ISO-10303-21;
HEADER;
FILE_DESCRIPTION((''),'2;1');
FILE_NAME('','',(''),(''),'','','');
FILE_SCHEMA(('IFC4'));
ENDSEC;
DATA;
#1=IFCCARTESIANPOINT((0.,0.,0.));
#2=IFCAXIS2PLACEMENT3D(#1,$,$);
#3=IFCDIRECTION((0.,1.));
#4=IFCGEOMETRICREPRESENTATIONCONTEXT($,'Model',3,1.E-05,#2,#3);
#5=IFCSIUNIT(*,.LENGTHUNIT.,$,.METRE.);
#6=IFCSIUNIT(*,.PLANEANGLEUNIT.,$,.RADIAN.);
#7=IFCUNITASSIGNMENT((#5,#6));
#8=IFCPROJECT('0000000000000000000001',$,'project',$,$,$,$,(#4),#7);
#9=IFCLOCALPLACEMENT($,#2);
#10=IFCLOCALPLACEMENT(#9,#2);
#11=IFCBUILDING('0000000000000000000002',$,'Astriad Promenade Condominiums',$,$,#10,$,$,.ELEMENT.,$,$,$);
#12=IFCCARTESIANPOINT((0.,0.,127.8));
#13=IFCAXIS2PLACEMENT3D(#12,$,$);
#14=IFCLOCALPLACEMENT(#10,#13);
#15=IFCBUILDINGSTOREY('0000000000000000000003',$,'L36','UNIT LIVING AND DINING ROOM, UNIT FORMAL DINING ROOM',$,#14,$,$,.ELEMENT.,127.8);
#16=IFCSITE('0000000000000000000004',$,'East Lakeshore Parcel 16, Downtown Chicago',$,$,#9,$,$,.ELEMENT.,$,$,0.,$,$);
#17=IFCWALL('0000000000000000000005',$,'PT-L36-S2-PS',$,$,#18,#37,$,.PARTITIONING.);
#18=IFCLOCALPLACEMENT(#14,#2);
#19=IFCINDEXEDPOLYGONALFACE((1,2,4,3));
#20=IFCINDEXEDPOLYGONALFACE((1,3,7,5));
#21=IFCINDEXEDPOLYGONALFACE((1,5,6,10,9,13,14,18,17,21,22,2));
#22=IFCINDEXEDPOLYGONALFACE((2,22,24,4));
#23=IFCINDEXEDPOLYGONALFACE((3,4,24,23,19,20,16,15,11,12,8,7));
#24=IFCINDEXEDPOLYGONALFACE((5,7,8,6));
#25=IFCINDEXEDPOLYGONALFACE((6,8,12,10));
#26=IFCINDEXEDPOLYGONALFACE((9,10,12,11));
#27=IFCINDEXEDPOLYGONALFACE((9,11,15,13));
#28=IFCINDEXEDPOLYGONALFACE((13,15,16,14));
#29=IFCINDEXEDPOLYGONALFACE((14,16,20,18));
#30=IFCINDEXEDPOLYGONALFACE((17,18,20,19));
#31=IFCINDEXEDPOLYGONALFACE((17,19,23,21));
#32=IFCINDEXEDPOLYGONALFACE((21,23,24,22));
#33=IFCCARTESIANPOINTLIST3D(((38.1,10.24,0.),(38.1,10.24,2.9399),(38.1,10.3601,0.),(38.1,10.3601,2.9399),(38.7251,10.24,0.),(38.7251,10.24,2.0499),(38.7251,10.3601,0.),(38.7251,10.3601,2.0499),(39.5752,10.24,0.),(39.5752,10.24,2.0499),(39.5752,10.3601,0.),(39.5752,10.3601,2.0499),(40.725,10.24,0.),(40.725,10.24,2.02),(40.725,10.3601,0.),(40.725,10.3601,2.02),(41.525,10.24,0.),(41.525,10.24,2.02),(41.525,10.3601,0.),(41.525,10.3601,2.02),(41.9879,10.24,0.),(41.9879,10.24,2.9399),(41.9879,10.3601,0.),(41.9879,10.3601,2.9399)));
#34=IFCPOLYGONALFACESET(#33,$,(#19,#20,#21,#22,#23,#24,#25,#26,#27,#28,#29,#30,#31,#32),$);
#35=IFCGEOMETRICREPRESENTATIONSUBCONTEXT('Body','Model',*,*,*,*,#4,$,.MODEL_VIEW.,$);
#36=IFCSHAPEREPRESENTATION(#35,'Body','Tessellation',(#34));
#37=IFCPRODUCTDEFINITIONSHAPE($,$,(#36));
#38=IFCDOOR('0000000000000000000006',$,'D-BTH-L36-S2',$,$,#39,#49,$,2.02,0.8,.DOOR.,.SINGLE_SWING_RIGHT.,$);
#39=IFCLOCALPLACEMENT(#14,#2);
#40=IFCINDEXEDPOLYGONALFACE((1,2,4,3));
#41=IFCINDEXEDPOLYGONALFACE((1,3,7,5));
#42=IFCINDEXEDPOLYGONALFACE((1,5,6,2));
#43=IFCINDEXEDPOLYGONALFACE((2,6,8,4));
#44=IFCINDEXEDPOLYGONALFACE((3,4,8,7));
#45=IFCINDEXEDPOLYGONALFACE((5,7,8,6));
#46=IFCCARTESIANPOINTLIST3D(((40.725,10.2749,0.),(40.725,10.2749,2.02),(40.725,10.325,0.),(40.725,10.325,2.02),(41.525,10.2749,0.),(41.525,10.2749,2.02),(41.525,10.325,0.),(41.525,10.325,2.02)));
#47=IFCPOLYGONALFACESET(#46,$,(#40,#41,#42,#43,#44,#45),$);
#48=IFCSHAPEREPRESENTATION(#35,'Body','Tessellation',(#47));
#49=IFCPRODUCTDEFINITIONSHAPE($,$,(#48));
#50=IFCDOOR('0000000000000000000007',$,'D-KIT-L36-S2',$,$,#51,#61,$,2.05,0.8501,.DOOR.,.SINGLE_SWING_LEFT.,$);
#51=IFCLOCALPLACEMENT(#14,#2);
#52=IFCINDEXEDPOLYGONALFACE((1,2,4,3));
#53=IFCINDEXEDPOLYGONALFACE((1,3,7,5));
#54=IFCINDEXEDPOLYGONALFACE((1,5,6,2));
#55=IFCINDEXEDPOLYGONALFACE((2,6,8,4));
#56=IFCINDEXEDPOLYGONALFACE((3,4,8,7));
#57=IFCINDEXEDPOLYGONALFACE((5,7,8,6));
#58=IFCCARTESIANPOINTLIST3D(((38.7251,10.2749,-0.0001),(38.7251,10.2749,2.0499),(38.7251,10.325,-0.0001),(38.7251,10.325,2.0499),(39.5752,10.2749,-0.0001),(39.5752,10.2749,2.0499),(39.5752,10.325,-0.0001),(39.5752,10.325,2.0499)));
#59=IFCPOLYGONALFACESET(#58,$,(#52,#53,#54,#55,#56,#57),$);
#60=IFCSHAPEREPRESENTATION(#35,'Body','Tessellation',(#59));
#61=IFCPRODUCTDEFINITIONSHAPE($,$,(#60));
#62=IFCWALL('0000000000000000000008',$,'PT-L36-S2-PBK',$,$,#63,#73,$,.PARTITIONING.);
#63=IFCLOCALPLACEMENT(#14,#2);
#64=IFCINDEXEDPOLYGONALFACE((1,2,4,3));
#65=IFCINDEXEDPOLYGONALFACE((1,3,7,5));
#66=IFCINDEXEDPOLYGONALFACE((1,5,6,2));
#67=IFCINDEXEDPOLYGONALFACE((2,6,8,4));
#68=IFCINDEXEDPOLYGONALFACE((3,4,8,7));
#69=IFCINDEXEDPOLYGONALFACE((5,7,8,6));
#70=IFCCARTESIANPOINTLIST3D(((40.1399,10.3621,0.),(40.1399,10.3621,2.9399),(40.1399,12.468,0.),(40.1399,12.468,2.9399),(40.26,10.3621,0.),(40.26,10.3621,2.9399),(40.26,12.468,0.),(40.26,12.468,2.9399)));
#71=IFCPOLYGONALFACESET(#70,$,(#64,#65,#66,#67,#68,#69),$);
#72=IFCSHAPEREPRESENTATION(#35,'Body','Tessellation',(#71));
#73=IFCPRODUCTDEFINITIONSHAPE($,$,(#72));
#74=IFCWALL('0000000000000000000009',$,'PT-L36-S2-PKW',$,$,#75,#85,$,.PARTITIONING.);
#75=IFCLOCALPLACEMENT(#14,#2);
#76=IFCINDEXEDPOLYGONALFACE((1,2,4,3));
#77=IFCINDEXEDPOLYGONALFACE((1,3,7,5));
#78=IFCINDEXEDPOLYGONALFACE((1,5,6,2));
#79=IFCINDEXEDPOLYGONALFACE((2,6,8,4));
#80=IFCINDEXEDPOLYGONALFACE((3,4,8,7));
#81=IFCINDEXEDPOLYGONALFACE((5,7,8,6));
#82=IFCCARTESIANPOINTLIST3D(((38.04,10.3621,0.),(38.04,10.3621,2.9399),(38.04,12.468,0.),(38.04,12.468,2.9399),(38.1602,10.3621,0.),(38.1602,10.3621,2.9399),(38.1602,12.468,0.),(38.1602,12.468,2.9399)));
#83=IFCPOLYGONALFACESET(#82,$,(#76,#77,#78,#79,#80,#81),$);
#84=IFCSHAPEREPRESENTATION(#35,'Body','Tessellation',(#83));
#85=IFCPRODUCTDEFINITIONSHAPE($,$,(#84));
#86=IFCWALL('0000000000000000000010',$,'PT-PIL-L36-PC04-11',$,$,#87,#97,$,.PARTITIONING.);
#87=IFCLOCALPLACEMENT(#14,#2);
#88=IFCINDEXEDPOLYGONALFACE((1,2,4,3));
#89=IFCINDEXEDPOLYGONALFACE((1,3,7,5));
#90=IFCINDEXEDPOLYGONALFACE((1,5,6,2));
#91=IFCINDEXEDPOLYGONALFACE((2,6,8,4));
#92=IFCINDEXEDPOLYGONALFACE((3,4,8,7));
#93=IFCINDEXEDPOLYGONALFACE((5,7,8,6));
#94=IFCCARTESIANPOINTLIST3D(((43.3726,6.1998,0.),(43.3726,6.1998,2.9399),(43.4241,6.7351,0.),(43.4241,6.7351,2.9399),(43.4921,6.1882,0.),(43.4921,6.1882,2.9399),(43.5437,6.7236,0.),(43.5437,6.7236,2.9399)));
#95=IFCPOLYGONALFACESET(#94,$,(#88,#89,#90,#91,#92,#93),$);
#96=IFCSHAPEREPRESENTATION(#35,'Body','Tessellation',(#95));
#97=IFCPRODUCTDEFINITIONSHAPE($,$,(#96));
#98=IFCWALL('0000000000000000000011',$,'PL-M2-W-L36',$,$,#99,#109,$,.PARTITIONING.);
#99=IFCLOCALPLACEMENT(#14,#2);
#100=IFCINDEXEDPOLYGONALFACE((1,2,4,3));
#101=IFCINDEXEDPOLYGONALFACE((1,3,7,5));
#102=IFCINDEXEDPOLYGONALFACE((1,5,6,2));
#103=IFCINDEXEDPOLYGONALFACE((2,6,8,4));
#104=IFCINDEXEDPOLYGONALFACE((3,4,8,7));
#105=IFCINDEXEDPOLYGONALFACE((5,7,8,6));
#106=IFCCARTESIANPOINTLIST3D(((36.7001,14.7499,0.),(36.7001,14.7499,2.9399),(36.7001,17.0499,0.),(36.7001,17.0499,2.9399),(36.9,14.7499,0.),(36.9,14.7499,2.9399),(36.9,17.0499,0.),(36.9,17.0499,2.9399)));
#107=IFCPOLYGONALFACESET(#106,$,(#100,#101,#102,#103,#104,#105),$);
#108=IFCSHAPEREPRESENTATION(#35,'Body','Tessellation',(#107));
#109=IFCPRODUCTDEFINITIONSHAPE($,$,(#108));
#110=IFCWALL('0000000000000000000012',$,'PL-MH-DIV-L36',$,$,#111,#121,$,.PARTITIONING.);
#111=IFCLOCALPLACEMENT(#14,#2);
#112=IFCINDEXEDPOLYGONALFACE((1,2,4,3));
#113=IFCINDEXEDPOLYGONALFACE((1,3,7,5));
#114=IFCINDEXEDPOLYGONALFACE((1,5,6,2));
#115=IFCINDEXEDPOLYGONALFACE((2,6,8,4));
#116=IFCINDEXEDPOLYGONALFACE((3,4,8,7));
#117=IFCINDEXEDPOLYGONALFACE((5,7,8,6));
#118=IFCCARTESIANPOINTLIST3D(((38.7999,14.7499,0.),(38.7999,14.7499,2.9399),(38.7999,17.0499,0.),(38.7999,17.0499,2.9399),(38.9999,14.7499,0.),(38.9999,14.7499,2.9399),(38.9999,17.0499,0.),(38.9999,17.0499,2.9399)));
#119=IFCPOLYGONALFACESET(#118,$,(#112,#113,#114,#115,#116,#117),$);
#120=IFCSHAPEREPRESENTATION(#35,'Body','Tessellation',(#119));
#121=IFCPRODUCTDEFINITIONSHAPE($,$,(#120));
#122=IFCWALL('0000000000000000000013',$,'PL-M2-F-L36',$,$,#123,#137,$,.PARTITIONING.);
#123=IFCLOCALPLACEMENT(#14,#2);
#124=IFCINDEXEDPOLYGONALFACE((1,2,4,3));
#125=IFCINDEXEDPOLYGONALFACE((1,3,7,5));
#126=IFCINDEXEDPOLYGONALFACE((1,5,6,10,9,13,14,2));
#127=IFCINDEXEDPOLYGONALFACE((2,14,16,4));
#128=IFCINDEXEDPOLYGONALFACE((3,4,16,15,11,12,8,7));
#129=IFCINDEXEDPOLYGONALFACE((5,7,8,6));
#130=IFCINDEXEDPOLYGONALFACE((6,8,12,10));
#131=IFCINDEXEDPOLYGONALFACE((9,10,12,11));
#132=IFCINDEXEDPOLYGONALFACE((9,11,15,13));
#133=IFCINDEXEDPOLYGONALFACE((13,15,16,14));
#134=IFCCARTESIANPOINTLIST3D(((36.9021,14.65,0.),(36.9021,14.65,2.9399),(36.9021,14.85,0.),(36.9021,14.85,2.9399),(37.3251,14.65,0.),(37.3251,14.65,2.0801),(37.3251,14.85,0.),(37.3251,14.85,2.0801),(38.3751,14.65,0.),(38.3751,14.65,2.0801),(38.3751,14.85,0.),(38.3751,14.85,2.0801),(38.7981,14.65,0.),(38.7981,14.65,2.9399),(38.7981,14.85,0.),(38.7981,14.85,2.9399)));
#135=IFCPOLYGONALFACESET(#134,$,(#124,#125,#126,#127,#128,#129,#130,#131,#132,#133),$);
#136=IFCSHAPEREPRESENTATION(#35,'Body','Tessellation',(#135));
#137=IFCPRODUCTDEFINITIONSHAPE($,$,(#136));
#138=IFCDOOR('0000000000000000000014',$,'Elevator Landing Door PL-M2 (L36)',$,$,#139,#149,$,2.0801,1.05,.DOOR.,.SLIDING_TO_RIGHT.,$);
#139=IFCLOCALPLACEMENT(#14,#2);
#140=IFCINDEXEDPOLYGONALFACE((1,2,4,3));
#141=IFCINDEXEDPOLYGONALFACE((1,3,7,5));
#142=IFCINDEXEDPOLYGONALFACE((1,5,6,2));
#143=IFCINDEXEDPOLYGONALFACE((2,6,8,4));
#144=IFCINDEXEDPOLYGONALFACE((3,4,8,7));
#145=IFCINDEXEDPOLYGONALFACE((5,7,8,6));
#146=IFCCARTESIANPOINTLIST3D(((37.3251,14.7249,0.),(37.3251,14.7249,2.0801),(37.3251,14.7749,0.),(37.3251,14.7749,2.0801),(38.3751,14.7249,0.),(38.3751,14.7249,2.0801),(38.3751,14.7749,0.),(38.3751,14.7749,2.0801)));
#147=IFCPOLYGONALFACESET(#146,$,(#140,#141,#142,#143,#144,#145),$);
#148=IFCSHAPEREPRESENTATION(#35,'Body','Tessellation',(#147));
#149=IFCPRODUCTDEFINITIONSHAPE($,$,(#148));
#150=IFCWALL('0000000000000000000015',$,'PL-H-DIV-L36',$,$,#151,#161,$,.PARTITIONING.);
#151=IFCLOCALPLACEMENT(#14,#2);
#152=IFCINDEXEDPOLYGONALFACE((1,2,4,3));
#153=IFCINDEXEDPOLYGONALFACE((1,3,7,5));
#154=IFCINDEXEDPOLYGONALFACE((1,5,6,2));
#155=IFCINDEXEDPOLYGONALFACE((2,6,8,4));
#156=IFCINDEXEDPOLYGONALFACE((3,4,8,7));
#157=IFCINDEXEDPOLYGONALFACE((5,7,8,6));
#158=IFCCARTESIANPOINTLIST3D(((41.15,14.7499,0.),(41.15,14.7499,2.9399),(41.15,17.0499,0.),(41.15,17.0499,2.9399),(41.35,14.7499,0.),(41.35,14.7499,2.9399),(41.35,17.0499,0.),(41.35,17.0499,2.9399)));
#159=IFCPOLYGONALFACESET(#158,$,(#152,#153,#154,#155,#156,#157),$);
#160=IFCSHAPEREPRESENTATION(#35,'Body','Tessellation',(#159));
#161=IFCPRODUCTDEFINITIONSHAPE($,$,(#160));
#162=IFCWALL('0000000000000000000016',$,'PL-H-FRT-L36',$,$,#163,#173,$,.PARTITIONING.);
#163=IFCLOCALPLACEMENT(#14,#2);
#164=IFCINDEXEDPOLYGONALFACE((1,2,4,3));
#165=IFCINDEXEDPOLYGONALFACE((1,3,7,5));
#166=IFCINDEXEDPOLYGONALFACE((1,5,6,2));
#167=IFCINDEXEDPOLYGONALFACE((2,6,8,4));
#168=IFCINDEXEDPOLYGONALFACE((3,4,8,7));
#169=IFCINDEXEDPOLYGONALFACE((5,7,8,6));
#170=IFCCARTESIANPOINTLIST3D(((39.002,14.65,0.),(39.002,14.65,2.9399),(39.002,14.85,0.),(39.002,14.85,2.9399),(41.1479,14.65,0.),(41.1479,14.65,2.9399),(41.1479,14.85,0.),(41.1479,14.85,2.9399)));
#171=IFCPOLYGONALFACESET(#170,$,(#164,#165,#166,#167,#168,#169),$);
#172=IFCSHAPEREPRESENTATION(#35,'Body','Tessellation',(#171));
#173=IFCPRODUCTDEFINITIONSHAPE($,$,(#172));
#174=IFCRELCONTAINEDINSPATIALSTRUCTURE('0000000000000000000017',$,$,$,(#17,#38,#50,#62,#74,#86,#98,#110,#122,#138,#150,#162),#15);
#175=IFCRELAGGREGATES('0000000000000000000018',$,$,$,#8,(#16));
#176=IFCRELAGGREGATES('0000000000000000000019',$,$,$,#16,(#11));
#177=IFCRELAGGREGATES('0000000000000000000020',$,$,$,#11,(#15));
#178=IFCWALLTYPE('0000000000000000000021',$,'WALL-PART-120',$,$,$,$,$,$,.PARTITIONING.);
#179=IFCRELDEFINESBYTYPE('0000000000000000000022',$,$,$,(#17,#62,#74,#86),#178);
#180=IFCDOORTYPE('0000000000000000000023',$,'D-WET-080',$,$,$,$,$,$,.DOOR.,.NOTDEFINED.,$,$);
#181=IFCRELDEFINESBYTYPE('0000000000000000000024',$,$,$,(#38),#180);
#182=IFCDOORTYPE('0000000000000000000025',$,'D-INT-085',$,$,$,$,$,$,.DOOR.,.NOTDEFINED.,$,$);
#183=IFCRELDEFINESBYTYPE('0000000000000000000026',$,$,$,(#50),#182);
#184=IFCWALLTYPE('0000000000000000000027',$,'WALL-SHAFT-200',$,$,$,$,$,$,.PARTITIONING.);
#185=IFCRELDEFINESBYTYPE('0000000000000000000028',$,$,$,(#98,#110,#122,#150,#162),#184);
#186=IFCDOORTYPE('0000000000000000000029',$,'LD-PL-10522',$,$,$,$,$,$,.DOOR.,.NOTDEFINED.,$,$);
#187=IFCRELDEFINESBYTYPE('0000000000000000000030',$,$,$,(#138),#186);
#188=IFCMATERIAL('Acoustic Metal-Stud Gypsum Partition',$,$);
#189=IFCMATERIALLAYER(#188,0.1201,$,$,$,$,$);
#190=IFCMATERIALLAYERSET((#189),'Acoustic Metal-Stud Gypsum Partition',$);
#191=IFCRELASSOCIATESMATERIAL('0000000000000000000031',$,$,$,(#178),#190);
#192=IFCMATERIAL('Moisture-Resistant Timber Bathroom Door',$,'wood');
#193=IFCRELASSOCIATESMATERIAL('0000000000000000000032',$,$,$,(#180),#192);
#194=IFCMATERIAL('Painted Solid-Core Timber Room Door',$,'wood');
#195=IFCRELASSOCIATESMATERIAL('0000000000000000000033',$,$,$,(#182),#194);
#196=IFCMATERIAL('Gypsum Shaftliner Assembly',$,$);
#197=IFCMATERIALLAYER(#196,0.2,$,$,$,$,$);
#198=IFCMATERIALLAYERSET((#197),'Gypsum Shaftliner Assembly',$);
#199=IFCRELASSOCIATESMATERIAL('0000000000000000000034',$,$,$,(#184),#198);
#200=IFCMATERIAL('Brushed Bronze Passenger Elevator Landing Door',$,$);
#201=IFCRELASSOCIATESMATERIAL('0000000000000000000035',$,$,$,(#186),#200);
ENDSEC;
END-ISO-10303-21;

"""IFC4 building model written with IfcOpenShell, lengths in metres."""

from ifc_helpers import new_model, si_unit, direction, frame, frame_2d, origin, place, context, subcontext, project, spatial, rectangle, extrude, source, transform, mapped, material, layer, layer_set, type_object, type_shapes, element, fill, save


model = new_model("IFC4")

# Units and contexts
model_context = context("Model", 3, precision=1e-05, world=origin(), true_north=direction((0.0, 1.0)))
body_context = subcontext(model_context, "Body", "Model", "MODEL_VIEW")
ifc_project = project(units=[si_unit("LENGTHUNIT", "METRE"), si_unit("PLANEANGLEUNIT", "RADIAN")], contexts=[model_context])

# Site, building, storey
site_placement = place(None, origin())
site = spatial("IfcSite", under=ifc_project, at=site_placement, Name="East Lakeshore Parcel 16, Downtown Chicago", CompositionType="ELEMENT", RefElevation=0.0)
building_placement = place(site_placement, origin())
building = spatial("IfcBuilding", under=site, at=building_placement, Name="Astriad Promenade Condominiums", CompositionType="ELEMENT")
storey_placement = place(building_placement, frame((0.0, 0.0, 127.8)))
storey = spatial("IfcBuildingStorey", under=building, at=storey_placement, Name="L36", Description="UNIT LIVING AND DINING ROOM, UNIT FORMAL DINING ROOM", CompositionType="ELEMENT", Elevation=127.8)

# Shared definitions
ifc_material_1 = material(Name="Acoustic Metal-Stud Gypsum Partition")
ifc_layer_1 = layer(ifc_material_1, 0.1201)
ifc_layer_set_1 = layer_set([ifc_layer_1], Name="Acoustic Metal-Stud Gypsum Partition")
wall_type_1 = type_object("IfcWallType", Name="WALL-PART-120", PredefinedType="PARTITIONING", material=ifc_layer_set_1)

# Wall, openings, doors
wall_1_placement = place(storey_placement, frame((38.1001, 10.3, 0.0), z_axis=(0.0, 0.0, 1.0), x_axis=(1.0, 0.0, 0.0)))
wall_1 = element("IfcWall", 1, at=wall_1_placement, inside=storey, type_object=wall_type_1, Name="PT-L36-S2-PS", PredefinedType="PARTITIONING", context=body_context, shape_type="SweptSolid", body=[
    extrude(rectangle(XDim=3.8879, YDim=0.1201, at=frame_2d((1.9438, 0.0))), origin(), (0.0, 0.0, 1.0), 2.9399),
])
opening_1_placement = place(wall_1_placement, frame((0.625, 0.0, 0.0)))
opening_1 = element("IfcOpeningElement", 2, at=opening_1_placement, cuts=wall_1, PredefinedType="OPENING", context=body_context, shape_type="SweptSolid", body=[
    extrude(rectangle(XDim=0.8501, YDim=2.05, at=frame_2d((0.425, 1.0249))), frame((0.0, 0.0701, 0.0), z_axis=(0.0, -1.0, 0.0), x_axis=(1.0, 0.0, 0.0)), (0.0, 0.0, 1.0), 0.1401),
])
opening_2_placement = place(wall_1_placement, frame((2.625, 0.0, 0.0)))
opening_2 = element("IfcOpeningElement", 3, at=opening_2_placement, cuts=wall_1, PredefinedType="OPENING", context=body_context, shape_type="SweptSolid", body=[
    extrude(rectangle(XDim=0.8, YDim=2.02, at=frame_2d((0.3999, 1.01))), frame((0.0, 0.0701, 0.0), z_axis=(0.0, -1.0, 0.0), x_axis=(1.0, 0.0, 0.0)), (0.0, 0.0, 1.0), 0.1401),
])
ifc_material_2 = material(Name="Moisture-Resistant Timber Bathroom Door", Category="wood")
door_type_1 = type_object("IfcDoorType", Name="D-WET-080", OperationType="NOTDEFINED", PredefinedType="DOOR", material=ifc_material_2)
shared_shape_1 = source(origin(), body_context, "Body", "SweptSolid", [
    extrude(rectangle(XDim=0.8, YDim=2.02, at=frame_2d((0.3999, 1.01))), frame((0.0, 0.0249, 0.0), z_axis=(0.0, -1.0, 0.0), x_axis=(1.0, 0.0, 0.0)), (0.0, 0.0, 1.0), 0.05),
])
type_shapes(door_type_1, [shared_shape_1])
door_1_placement = place(opening_2_placement, origin())
door_1 = element("IfcDoor", 4, at=door_1_placement, inside=storey, type_object=door_type_1, Name="D-BTH-L36-S2", OperationType="SINGLE_SWING_RIGHT", OverallHeight=2.02, OverallWidth=0.8, PredefinedType="DOOR", context=body_context, shape_type="MappedRepresentation", body=[
    mapped(shared_shape_1, transform((0.0, 0.0, 0.0), scale=1.0)),
])
fill(opening_2, door_1)
ifc_material_3 = material(Name="Painted Solid-Core Timber Room Door", Category="wood")
door_type_2 = type_object("IfcDoorType", Name="D-INT-085", OperationType="NOTDEFINED", PredefinedType="DOOR", material=ifc_material_3)
shared_shape_2 = source(origin(), body_context, "Body", "SweptSolid", [
    extrude(rectangle(XDim=0.8501, YDim=2.05, at=frame_2d((0.425, 1.0249))), frame((0.0, 0.0249, 0.0), z_axis=(0.0, -1.0, 0.0), x_axis=(1.0, 0.0, 0.0)), (0.0, 0.0, 1.0), 0.05),
])
type_shapes(door_type_2, [shared_shape_2])
door_2_placement = place(opening_1_placement, origin())
door_2 = element("IfcDoor", 5, at=door_2_placement, inside=storey, type_object=door_type_2, Name="D-KIT-L36-S2", OperationType="SINGLE_SWING_LEFT", OverallHeight=2.05, OverallWidth=0.8501, PredefinedType="DOOR", context=body_context, shape_type="MappedRepresentation", body=[
    mapped(shared_shape_2, transform((0.0, 0.0, 0.0), scale=1.0)),
])
fill(opening_1, door_2)

# Walls
for number, where, z_axis, x_axis, name in (
    (6, (40.2, 10.3621, 0.0), (0.0, 0.0, 1.0), (0.0, 1.0, 0.0), "PT-L36-S2-PBK"),
    (7, (38.1001, 10.3621, 0.0), (0.0, 0.0, 1.0), (0.0, 1.0, 0.0), "PT-L36-S2-PKW"),
):
    element("IfcWall", number, at=place(storey_placement, frame(where, z_axis=z_axis, x_axis=x_axis)), inside=storey, type_object=wall_type_1, Name=name, PredefinedType="PARTITIONING", context=body_context, shape_type="SweptSolid", body=[
        extrude(rectangle(XDim=2.106, YDim=0.1201, at=frame_2d((1.053, 0.0))), origin(), (0.0, 0.0, 1.0), 2.9399),
    ])
wall_2_placement = place(storey_placement, frame((43.4839, 6.7295, 0.0), z_axis=(0.0, 0.0, 1.0), x_axis=(-0.095773, -0.995403, 0.0)))
element("IfcWall", 8, at=wall_2_placement, inside=storey, type_object=wall_type_1, Name="PT-PIL-L36-PC04-11", PredefinedType="PARTITIONING", context=body_context, shape_type="SweptSolid", body=[
    extrude(rectangle(XDim=0.5378, YDim=0.1201, at=frame_2d((0.269, 0.0))), origin(), (0.0, 0.0, 1.0), 2.9399),
])
ifc_material_4 = material(Name="Gypsum Shaftliner Assembly")
ifc_layer_2 = layer(ifc_material_4, 0.2)
ifc_layer_set_2 = layer_set([ifc_layer_2], Name="Gypsum Shaftliner Assembly")
wall_type_2 = type_object("IfcWallType", Name="WALL-SHAFT-200", PredefinedType="PARTITIONING", material=ifc_layer_set_2)
for number, where, z_axis, x_axis, name in (
    (9, (36.8, 14.75, 0.0), (0.0, 0.0, 1.0), (0.0, 1.0, 0.0), "PL-M2-W-L36"),
    (10, (38.8999, 14.75, 0.0), (0.0, 0.0, 1.0), (0.0, 1.0, 0.0), "PL-MH-DIV-L36"),
):
    element("IfcWall", number, at=place(storey_placement, frame(where, z_axis=z_axis, x_axis=x_axis)), inside=storey, type_object=wall_type_2, Name=name, PredefinedType="PARTITIONING", context=body_context, shape_type="SweptSolid", body=[
        extrude(rectangle(XDim=2.3, YDim=0.2, at=frame_2d((1.1499, 0.0))), origin(), (0.0, 0.0, 1.0), 2.9399),
    ])

# Wall, opening, door
wall_3_placement = place(storey_placement, frame((36.9021, 14.75, 0.0), z_axis=(0.0, 0.0, 1.0), x_axis=(1.0, 0.0, 0.0)))
wall_3 = element("IfcWall", 11, at=wall_3_placement, inside=storey, type_object=wall_type_2, Name="PL-M2-F-L36", PredefinedType="PARTITIONING", context=body_context, shape_type="SweptSolid", body=[
    extrude(rectangle(XDim=1.896, YDim=0.2, at=frame_2d((0.948, 0.0))), origin(), (0.0, 0.0, 1.0), 2.9399),
])
opening_3_placement = place(wall_3_placement, frame((0.4231, 0.0, 0.0)))
opening_3 = element("IfcOpeningElement", 12, at=opening_3_placement, cuts=wall_3, PredefinedType="OPENING", context=body_context, shape_type="SweptSolid", body=[
    extrude(rectangle(XDim=1.05, YDim=2.0801, at=frame_2d((0.5249, 1.04))), frame((0.0, 0.1099, 0.0), z_axis=(0.0, -1.0, 0.0), x_axis=(1.0, 0.0, 0.0)), (0.0, 0.0, 1.0), 0.22),
])
ifc_material_5 = material(Name="Brushed Bronze Passenger Elevator Landing Door")
door_type_3 = type_object("IfcDoorType", Name="LD-PL-10522", OperationType="NOTDEFINED", PredefinedType="DOOR", material=ifc_material_5)
shared_shape_3 = source(origin(), body_context, "Body", "SweptSolid", [
    extrude(rectangle(XDim=1.05, YDim=2.0801, at=frame_2d((0.5249, 1.04))), frame((0.0, 0.0249, 0.0), z_axis=(0.0, -1.0, 0.0), x_axis=(1.0, 0.0, 0.0)), (0.0, 0.0, 1.0), 0.05),
])
type_shapes(door_type_3, [shared_shape_3])
door_3_placement = place(opening_3_placement, origin())
door_3 = element("IfcDoor", 13, at=door_3_placement, inside=storey, type_object=door_type_3, Name="Elevator Landing Door PL-M2 (L36)", OperationType="SLIDING_TO_RIGHT", OverallHeight=2.0801, OverallWidth=1.05, PredefinedType="DOOR", context=body_context, shape_type="MappedRepresentation", body=[
    mapped(shared_shape_3, transform((0.0, 0.0, 0.0), scale=1.0)),
])
fill(opening_3, door_3)

# Walls
wall_4_placement = place(storey_placement, frame((41.25, 14.75, 0.0), z_axis=(0.0, 0.0, 1.0), x_axis=(0.0, 1.0, 0.0)))
element("IfcWall", 14, at=wall_4_placement, inside=storey, type_object=wall_type_2, Name="PL-H-DIV-L36", PredefinedType="PARTITIONING", context=body_context, shape_type="SweptSolid", body=[
    extrude(rectangle(XDim=2.3, YDim=0.2, at=frame_2d((1.1499, 0.0))), origin(), (0.0, 0.0, 1.0), 2.9399),
])
for number, where, z_axis, x_axis, name in (
    (15, (39.002, 14.75, 0.0), (0.0, 0.0, 1.0), (1.0, 0.0, 0.0), "PL-H-FRT-L36"),
):
    element("IfcWall", number, at=place(storey_placement, frame(where, z_axis=z_axis, x_axis=x_axis)), inside=storey, type_object=wall_type_2, Name=name, PredefinedType="PARTITIONING", context=body_context, shape_type="SweptSolid", body=[
        extrude(rectangle(XDim=2.146, YDim=0.2, at=frame_2d((1.073, 0.0))), origin(), (0.0, 0.0, 1.0), 2.9399),
    ])

save(model, "model.ifc")
